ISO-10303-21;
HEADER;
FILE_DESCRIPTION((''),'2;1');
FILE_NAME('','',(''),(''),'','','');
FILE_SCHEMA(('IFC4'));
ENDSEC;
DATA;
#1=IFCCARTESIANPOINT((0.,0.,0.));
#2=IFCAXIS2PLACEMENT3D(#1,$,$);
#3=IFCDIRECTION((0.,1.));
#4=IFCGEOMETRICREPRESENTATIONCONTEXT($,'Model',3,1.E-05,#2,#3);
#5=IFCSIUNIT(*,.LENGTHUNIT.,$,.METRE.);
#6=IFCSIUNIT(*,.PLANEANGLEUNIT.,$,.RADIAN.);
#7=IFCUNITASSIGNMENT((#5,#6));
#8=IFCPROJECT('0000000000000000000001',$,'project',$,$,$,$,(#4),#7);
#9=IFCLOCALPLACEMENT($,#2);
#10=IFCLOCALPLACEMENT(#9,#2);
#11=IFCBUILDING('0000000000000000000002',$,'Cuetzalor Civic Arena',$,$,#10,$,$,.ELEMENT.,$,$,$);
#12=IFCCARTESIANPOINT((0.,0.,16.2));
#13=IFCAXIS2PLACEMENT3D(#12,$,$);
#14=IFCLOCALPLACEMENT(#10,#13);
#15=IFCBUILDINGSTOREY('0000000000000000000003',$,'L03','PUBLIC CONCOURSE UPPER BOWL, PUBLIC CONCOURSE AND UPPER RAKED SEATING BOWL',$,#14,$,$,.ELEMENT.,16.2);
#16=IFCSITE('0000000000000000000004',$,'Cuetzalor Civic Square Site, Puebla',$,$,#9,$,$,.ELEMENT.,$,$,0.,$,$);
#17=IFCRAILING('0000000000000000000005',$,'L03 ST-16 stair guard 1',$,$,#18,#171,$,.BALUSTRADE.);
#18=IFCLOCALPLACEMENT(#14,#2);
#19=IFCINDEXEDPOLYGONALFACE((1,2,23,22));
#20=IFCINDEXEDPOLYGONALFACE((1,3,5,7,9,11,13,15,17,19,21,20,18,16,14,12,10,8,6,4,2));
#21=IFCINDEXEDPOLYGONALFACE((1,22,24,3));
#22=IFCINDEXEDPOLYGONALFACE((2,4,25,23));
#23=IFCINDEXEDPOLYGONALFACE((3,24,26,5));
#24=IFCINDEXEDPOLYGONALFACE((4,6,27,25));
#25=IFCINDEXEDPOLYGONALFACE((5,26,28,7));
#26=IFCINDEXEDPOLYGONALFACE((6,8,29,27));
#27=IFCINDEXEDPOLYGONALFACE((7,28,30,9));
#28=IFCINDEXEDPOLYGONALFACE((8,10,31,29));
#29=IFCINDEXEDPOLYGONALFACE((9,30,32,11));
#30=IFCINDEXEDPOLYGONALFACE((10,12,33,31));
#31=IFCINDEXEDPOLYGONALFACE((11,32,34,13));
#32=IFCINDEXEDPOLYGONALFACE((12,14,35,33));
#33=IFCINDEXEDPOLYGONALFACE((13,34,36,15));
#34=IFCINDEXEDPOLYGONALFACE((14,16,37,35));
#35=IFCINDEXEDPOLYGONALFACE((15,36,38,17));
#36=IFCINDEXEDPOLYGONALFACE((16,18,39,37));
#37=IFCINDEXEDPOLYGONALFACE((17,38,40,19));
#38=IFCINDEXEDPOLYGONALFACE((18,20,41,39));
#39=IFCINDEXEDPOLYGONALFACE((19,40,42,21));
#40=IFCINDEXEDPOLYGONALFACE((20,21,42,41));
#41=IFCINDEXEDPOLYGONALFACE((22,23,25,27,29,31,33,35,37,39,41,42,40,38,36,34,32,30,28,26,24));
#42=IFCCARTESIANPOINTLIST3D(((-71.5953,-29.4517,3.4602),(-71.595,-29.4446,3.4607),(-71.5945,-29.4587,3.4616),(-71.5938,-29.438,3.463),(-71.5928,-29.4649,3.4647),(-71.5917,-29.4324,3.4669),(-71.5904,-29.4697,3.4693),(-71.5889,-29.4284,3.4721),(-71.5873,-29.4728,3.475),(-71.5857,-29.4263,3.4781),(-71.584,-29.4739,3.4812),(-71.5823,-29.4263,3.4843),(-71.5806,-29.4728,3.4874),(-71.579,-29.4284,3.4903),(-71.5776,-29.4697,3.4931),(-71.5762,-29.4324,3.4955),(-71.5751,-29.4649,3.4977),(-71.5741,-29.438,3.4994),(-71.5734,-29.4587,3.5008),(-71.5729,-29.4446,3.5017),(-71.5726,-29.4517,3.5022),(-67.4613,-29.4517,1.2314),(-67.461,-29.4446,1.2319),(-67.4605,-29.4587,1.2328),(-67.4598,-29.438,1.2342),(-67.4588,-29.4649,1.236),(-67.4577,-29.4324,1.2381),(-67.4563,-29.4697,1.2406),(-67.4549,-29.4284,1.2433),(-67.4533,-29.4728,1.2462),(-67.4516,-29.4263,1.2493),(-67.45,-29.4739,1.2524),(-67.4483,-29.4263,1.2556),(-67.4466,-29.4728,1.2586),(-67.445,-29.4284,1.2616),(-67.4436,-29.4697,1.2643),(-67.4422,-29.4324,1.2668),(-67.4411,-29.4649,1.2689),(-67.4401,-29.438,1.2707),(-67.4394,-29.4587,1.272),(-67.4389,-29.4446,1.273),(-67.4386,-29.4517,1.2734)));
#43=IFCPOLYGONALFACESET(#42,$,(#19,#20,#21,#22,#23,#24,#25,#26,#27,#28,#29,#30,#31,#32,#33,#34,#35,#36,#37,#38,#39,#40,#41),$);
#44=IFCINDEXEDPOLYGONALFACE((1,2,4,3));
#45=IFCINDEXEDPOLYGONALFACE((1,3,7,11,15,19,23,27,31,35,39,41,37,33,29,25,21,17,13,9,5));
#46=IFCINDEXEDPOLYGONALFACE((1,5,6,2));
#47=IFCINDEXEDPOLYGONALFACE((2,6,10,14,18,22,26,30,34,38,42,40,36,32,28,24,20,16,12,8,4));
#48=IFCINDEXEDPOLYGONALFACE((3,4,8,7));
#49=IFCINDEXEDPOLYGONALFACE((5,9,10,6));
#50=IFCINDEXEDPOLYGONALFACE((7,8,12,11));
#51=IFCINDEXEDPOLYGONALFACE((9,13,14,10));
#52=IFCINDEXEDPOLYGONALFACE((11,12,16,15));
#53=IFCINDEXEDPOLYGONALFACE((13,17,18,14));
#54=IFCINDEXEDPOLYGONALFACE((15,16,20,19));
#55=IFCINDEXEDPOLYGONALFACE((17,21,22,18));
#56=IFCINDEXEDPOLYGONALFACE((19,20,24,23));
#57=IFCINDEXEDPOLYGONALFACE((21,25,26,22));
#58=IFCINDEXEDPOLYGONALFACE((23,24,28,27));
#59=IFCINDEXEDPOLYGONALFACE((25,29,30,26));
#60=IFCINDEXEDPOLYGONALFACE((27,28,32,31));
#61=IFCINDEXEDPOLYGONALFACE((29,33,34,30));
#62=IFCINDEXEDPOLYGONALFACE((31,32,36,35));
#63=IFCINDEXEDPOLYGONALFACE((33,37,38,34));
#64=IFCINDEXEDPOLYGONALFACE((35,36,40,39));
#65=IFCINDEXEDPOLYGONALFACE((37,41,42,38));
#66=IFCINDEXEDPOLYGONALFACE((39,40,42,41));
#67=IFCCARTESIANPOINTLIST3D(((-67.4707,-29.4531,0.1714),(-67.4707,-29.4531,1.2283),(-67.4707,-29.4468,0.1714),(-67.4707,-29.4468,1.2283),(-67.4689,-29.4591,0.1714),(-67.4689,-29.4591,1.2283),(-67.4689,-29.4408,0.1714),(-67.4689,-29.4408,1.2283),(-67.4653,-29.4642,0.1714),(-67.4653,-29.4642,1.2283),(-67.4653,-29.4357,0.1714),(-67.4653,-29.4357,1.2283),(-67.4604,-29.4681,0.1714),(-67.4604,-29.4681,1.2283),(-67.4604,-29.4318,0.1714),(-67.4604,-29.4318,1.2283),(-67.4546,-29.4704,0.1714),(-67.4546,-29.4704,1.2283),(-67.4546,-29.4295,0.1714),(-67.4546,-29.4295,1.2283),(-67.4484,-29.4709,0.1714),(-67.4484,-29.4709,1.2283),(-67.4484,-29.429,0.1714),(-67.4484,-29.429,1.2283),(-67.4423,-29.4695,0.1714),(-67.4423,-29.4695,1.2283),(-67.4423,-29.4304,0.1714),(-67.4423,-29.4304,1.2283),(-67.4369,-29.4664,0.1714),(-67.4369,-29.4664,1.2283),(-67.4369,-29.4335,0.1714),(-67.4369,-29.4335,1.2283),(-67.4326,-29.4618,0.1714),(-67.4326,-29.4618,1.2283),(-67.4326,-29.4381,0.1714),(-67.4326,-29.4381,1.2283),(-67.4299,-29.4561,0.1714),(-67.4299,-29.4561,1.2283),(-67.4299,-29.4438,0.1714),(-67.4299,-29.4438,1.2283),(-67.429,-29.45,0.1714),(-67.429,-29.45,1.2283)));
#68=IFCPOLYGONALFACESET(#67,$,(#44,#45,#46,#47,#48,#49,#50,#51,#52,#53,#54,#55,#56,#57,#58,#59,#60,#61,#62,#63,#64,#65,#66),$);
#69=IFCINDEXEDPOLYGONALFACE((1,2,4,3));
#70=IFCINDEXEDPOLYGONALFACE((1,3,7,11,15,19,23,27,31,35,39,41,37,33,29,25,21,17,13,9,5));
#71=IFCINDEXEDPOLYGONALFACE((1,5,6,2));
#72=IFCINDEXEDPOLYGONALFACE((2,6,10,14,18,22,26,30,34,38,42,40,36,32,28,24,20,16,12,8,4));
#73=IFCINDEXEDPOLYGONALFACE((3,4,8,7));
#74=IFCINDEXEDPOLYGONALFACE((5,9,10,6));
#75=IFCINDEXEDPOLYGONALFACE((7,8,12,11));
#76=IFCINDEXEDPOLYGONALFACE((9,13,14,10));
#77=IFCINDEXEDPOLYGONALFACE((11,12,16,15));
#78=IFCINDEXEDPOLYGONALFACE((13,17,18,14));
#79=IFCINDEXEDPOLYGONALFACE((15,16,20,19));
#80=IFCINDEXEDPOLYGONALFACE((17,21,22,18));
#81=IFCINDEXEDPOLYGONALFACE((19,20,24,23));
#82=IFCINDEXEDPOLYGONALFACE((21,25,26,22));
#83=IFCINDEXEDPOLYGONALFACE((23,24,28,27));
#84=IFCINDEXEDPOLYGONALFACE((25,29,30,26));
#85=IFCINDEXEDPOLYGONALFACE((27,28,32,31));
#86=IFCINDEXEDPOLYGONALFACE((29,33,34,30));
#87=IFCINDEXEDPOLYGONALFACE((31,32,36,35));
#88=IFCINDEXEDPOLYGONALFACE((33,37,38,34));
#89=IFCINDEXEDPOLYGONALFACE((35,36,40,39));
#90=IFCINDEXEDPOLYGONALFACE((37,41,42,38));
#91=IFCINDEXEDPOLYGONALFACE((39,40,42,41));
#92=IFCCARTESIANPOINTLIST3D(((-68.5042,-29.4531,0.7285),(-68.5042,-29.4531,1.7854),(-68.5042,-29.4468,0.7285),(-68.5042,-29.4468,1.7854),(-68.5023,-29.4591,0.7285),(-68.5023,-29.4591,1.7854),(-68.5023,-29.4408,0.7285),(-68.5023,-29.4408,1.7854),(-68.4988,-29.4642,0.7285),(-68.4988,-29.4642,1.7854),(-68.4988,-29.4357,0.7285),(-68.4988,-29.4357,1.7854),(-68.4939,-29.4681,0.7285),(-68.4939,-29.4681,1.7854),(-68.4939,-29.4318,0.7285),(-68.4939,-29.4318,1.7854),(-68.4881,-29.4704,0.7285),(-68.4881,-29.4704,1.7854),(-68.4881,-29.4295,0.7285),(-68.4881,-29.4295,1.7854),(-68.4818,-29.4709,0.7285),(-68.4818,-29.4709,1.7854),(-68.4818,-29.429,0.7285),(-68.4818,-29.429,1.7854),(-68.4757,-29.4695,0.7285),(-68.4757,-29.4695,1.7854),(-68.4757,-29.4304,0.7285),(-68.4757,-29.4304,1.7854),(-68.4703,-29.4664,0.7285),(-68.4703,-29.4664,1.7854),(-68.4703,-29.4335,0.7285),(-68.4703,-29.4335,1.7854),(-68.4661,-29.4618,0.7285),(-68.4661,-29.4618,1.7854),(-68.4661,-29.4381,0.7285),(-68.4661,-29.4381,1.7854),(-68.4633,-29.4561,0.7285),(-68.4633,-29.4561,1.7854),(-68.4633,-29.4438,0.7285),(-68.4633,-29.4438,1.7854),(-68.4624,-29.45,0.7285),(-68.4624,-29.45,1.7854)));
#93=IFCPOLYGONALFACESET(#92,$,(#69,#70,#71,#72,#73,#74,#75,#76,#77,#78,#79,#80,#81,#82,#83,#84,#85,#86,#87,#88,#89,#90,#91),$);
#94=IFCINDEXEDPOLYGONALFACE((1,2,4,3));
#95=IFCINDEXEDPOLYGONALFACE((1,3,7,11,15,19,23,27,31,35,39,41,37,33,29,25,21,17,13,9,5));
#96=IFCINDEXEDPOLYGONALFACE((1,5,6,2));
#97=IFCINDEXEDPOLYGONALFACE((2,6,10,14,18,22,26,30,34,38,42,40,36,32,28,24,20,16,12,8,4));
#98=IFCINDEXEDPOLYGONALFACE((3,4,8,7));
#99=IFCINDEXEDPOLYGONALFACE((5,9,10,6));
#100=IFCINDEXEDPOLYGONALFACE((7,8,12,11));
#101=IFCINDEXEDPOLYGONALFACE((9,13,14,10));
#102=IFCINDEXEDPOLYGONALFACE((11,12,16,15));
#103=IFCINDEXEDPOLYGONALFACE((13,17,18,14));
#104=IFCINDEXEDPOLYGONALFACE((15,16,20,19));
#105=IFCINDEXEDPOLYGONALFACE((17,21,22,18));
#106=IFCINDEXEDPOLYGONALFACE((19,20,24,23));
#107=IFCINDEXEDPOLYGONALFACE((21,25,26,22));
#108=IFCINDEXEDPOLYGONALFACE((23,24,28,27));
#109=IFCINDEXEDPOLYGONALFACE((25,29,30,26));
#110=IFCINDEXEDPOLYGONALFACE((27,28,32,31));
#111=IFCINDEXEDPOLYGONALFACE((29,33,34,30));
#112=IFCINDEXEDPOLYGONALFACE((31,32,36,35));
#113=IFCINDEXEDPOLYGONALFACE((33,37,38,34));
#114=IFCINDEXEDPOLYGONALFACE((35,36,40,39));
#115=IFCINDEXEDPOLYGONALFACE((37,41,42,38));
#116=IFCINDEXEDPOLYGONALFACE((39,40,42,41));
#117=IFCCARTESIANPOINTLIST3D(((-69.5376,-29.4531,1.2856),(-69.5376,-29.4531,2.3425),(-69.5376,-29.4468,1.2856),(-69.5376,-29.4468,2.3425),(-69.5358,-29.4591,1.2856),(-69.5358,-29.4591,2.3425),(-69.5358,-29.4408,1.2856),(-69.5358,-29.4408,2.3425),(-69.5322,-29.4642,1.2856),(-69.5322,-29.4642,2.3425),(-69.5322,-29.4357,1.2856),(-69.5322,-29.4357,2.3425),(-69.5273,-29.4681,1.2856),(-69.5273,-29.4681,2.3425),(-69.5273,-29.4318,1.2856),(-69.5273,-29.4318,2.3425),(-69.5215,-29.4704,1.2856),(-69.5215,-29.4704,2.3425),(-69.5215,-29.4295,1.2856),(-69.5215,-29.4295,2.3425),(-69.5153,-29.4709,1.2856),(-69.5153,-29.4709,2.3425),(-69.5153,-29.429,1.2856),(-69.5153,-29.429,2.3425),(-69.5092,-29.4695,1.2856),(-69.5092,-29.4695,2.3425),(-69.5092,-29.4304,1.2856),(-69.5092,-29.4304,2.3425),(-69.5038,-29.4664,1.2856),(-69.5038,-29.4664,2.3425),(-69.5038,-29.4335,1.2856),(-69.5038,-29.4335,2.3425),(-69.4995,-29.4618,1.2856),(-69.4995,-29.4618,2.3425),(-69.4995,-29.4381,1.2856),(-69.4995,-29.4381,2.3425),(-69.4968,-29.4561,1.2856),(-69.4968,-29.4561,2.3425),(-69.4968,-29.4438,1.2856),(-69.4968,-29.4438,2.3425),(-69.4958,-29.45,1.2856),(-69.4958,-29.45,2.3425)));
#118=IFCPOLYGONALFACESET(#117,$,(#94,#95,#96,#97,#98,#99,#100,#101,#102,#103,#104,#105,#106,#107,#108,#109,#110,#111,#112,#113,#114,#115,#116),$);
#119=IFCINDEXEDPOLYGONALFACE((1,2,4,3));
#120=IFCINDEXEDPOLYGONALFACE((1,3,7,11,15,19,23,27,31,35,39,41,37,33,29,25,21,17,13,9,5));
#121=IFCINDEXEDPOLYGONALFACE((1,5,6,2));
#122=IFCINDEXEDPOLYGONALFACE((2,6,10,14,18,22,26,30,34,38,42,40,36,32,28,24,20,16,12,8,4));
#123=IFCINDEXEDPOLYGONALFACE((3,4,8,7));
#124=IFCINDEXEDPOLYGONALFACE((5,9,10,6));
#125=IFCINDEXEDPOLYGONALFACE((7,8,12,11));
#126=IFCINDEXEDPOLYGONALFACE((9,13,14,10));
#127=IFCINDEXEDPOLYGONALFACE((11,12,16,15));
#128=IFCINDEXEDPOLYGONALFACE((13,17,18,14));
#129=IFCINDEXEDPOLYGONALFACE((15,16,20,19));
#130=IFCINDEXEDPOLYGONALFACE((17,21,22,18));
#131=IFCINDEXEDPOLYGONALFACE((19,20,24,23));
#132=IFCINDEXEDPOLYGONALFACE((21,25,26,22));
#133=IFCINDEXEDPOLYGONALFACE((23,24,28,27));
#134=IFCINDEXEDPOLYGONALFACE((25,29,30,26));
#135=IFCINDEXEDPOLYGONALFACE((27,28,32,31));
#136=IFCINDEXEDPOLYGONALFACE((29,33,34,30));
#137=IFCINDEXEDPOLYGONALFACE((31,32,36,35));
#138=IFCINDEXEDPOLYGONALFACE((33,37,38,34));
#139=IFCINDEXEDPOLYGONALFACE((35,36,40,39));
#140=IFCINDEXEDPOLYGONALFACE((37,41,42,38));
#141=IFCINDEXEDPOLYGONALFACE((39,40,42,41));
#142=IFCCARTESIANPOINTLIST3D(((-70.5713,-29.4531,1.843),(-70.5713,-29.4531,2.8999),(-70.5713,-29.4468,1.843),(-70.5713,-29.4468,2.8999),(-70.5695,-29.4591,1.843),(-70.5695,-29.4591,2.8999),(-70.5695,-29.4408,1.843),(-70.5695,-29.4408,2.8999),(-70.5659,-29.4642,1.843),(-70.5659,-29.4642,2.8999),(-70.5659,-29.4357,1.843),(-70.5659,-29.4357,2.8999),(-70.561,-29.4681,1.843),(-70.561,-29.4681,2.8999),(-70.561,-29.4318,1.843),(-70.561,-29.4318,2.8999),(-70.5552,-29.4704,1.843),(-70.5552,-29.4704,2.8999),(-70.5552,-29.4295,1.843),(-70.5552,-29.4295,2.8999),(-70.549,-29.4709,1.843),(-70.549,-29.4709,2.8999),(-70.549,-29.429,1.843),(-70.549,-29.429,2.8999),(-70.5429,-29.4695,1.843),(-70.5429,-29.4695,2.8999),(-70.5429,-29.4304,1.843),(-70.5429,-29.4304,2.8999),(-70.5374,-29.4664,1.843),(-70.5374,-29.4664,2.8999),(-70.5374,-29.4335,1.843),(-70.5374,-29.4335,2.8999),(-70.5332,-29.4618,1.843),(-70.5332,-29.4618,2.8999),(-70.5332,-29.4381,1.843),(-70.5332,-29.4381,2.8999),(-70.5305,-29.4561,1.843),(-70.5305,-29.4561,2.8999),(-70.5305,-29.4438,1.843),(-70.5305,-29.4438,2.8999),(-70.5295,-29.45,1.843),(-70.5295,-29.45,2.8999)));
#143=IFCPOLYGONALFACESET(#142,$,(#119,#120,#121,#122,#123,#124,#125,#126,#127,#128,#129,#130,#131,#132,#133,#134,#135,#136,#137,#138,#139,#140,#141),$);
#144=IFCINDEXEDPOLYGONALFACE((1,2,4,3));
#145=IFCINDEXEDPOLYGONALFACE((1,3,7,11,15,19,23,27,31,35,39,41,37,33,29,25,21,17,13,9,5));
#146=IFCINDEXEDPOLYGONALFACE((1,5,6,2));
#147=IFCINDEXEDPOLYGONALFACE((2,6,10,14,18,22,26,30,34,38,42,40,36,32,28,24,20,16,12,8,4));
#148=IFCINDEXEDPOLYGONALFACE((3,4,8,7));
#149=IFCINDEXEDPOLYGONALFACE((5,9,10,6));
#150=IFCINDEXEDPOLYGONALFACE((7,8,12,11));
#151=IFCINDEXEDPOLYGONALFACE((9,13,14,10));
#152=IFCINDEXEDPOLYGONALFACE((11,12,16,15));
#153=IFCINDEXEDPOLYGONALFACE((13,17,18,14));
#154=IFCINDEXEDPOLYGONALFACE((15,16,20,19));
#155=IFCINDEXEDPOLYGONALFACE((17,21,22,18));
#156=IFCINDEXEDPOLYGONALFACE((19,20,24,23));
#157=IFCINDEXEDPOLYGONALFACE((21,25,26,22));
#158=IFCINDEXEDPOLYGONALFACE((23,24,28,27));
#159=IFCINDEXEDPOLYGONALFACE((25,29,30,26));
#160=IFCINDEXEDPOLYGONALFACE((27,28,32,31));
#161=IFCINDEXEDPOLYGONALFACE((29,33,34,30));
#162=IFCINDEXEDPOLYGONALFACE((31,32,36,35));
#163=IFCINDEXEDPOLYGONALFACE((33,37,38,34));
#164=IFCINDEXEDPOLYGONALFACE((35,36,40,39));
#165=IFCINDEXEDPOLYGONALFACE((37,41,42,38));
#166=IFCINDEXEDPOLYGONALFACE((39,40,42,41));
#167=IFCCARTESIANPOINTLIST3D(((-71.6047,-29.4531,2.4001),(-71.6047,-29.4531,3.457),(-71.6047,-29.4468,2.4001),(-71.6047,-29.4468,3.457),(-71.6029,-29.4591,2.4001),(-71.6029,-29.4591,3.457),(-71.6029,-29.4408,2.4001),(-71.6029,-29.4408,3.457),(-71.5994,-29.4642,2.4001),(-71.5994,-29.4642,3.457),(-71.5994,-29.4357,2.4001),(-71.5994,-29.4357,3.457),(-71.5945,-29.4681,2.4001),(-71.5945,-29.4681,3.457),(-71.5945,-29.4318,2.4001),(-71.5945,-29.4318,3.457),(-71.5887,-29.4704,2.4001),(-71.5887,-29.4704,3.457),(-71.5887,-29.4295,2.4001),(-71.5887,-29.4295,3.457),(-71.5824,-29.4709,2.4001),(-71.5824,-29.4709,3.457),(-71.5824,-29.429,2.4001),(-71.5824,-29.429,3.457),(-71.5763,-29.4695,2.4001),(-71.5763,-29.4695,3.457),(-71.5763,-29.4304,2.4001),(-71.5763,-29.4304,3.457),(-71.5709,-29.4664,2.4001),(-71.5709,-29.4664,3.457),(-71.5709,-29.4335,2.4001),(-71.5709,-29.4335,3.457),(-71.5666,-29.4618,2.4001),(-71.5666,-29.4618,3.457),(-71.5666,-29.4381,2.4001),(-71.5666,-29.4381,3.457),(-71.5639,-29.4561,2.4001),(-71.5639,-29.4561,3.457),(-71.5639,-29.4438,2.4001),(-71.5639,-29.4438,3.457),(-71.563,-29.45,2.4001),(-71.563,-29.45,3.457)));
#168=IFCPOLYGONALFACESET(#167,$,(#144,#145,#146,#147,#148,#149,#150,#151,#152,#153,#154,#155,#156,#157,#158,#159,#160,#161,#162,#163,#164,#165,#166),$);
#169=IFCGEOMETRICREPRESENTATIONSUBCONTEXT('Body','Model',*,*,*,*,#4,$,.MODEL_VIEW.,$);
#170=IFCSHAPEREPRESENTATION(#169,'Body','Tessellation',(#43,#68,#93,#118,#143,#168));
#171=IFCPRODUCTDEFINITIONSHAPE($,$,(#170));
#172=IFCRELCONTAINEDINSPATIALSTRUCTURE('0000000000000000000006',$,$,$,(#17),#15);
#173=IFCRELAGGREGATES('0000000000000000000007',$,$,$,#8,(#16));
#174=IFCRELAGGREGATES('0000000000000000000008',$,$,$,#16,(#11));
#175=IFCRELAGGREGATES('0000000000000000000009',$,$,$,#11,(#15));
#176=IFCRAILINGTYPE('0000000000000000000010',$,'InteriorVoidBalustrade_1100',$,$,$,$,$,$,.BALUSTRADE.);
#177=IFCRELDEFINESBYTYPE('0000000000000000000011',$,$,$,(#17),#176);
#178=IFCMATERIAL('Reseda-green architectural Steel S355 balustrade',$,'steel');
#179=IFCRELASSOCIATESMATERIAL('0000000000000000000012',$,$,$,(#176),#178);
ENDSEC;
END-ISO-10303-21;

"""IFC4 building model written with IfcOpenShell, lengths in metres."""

from ifc_helpers import new_model, si_unit, direction, frame, origin, origin_2d, place, context, subcontext, project, spatial, circle, extrude, material, type_object, element, save


model = new_model("IFC4")

# Units and contexts
model_context = context("Model", 3, precision=1e-05, world=origin(), true_north=direction((0.0, 1.0)))
body_context = subcontext(model_context, "Body", "Model", "MODEL_VIEW")
ifc_project = project(units=[si_unit("LENGTHUNIT", "METRE"), si_unit("PLANEANGLEUNIT", "RADIAN")], contexts=[model_context])

# Site, building, storey
site_placement = place(None, origin())
site = spatial("IfcSite", under=ifc_project, at=site_placement, Name="Cuetzalor Civic Square Site, Puebla", CompositionType="ELEMENT", RefElevation=0.0)
building_placement = place(site_placement, origin())
building = spatial("IfcBuilding", under=site, at=building_placement, Name="Cuetzalor Civic Arena", CompositionType="ELEMENT")
storey_placement = place(building_placement, frame((0.0, 0.0, 16.2)))
storey = spatial("IfcBuildingStorey", under=building, at=storey_placement, Name="L03", Description="PUBLIC CONCOURSE UPPER BOWL, PUBLIC CONCOURSE AND UPPER RAKED SEATING BOWL", CompositionType="ELEMENT", Elevation=16.2)

# Railing
ifc_material_1 = material(Name="Reseda-green architectural Steel S355 balustrade", Category="steel")
railing_type_1 = type_object("IfcRailingType", Name="InteriorVoidBalustrade_1100", PredefinedType="BALUSTRADE", material=ifc_material_1)
railing_1_placement = place(storey_placement, frame((-67.45, -29.45, 0.1714)))
element("IfcRailing", 1, at=railing_1_placement, inside=storey, type_object=railing_type_1, Name="L03 ST-16 stair guard 1", PredefinedType="BALUSTRADE", context=body_context, shape_type="SweptSolid", body=[
    extrude(circle(Radius=0.0239, at=origin_2d()), frame((0.0, 0.0, 1.0811), z_axis=(-0.880227, 0.0, 0.474552), x_axis=(0.0, -1.0, 0.0)), (0.0, 0.0, 1.0), 4.6965),
    extrude(circle(Radius=0.021, at=origin_2d()), origin(), (0.0, 0.0, 1.0), 1.0569),
    extrude(circle(Radius=0.021, at=origin_2d()), frame((-1.0334, 0.0, 0.5571)), (0.0, 0.0, 1.0), 1.0569),
    extrude(circle(Radius=0.021, at=origin_2d()), frame((-2.0669, 0.0, 1.1143)), (0.0, 0.0, 1.0), 1.0569),
    extrude(circle(Radius=0.021, at=origin_2d()), frame((-3.1006, 0.0, 1.6716)), (0.0, 0.0, 1.0), 1.0569),
    extrude(circle(Radius=0.021, at=origin_2d()), frame((-4.134, 0.0, 2.2288)), (0.0, 0.0, 1.0), 1.0569),
])

save(model, "model.ifc")
